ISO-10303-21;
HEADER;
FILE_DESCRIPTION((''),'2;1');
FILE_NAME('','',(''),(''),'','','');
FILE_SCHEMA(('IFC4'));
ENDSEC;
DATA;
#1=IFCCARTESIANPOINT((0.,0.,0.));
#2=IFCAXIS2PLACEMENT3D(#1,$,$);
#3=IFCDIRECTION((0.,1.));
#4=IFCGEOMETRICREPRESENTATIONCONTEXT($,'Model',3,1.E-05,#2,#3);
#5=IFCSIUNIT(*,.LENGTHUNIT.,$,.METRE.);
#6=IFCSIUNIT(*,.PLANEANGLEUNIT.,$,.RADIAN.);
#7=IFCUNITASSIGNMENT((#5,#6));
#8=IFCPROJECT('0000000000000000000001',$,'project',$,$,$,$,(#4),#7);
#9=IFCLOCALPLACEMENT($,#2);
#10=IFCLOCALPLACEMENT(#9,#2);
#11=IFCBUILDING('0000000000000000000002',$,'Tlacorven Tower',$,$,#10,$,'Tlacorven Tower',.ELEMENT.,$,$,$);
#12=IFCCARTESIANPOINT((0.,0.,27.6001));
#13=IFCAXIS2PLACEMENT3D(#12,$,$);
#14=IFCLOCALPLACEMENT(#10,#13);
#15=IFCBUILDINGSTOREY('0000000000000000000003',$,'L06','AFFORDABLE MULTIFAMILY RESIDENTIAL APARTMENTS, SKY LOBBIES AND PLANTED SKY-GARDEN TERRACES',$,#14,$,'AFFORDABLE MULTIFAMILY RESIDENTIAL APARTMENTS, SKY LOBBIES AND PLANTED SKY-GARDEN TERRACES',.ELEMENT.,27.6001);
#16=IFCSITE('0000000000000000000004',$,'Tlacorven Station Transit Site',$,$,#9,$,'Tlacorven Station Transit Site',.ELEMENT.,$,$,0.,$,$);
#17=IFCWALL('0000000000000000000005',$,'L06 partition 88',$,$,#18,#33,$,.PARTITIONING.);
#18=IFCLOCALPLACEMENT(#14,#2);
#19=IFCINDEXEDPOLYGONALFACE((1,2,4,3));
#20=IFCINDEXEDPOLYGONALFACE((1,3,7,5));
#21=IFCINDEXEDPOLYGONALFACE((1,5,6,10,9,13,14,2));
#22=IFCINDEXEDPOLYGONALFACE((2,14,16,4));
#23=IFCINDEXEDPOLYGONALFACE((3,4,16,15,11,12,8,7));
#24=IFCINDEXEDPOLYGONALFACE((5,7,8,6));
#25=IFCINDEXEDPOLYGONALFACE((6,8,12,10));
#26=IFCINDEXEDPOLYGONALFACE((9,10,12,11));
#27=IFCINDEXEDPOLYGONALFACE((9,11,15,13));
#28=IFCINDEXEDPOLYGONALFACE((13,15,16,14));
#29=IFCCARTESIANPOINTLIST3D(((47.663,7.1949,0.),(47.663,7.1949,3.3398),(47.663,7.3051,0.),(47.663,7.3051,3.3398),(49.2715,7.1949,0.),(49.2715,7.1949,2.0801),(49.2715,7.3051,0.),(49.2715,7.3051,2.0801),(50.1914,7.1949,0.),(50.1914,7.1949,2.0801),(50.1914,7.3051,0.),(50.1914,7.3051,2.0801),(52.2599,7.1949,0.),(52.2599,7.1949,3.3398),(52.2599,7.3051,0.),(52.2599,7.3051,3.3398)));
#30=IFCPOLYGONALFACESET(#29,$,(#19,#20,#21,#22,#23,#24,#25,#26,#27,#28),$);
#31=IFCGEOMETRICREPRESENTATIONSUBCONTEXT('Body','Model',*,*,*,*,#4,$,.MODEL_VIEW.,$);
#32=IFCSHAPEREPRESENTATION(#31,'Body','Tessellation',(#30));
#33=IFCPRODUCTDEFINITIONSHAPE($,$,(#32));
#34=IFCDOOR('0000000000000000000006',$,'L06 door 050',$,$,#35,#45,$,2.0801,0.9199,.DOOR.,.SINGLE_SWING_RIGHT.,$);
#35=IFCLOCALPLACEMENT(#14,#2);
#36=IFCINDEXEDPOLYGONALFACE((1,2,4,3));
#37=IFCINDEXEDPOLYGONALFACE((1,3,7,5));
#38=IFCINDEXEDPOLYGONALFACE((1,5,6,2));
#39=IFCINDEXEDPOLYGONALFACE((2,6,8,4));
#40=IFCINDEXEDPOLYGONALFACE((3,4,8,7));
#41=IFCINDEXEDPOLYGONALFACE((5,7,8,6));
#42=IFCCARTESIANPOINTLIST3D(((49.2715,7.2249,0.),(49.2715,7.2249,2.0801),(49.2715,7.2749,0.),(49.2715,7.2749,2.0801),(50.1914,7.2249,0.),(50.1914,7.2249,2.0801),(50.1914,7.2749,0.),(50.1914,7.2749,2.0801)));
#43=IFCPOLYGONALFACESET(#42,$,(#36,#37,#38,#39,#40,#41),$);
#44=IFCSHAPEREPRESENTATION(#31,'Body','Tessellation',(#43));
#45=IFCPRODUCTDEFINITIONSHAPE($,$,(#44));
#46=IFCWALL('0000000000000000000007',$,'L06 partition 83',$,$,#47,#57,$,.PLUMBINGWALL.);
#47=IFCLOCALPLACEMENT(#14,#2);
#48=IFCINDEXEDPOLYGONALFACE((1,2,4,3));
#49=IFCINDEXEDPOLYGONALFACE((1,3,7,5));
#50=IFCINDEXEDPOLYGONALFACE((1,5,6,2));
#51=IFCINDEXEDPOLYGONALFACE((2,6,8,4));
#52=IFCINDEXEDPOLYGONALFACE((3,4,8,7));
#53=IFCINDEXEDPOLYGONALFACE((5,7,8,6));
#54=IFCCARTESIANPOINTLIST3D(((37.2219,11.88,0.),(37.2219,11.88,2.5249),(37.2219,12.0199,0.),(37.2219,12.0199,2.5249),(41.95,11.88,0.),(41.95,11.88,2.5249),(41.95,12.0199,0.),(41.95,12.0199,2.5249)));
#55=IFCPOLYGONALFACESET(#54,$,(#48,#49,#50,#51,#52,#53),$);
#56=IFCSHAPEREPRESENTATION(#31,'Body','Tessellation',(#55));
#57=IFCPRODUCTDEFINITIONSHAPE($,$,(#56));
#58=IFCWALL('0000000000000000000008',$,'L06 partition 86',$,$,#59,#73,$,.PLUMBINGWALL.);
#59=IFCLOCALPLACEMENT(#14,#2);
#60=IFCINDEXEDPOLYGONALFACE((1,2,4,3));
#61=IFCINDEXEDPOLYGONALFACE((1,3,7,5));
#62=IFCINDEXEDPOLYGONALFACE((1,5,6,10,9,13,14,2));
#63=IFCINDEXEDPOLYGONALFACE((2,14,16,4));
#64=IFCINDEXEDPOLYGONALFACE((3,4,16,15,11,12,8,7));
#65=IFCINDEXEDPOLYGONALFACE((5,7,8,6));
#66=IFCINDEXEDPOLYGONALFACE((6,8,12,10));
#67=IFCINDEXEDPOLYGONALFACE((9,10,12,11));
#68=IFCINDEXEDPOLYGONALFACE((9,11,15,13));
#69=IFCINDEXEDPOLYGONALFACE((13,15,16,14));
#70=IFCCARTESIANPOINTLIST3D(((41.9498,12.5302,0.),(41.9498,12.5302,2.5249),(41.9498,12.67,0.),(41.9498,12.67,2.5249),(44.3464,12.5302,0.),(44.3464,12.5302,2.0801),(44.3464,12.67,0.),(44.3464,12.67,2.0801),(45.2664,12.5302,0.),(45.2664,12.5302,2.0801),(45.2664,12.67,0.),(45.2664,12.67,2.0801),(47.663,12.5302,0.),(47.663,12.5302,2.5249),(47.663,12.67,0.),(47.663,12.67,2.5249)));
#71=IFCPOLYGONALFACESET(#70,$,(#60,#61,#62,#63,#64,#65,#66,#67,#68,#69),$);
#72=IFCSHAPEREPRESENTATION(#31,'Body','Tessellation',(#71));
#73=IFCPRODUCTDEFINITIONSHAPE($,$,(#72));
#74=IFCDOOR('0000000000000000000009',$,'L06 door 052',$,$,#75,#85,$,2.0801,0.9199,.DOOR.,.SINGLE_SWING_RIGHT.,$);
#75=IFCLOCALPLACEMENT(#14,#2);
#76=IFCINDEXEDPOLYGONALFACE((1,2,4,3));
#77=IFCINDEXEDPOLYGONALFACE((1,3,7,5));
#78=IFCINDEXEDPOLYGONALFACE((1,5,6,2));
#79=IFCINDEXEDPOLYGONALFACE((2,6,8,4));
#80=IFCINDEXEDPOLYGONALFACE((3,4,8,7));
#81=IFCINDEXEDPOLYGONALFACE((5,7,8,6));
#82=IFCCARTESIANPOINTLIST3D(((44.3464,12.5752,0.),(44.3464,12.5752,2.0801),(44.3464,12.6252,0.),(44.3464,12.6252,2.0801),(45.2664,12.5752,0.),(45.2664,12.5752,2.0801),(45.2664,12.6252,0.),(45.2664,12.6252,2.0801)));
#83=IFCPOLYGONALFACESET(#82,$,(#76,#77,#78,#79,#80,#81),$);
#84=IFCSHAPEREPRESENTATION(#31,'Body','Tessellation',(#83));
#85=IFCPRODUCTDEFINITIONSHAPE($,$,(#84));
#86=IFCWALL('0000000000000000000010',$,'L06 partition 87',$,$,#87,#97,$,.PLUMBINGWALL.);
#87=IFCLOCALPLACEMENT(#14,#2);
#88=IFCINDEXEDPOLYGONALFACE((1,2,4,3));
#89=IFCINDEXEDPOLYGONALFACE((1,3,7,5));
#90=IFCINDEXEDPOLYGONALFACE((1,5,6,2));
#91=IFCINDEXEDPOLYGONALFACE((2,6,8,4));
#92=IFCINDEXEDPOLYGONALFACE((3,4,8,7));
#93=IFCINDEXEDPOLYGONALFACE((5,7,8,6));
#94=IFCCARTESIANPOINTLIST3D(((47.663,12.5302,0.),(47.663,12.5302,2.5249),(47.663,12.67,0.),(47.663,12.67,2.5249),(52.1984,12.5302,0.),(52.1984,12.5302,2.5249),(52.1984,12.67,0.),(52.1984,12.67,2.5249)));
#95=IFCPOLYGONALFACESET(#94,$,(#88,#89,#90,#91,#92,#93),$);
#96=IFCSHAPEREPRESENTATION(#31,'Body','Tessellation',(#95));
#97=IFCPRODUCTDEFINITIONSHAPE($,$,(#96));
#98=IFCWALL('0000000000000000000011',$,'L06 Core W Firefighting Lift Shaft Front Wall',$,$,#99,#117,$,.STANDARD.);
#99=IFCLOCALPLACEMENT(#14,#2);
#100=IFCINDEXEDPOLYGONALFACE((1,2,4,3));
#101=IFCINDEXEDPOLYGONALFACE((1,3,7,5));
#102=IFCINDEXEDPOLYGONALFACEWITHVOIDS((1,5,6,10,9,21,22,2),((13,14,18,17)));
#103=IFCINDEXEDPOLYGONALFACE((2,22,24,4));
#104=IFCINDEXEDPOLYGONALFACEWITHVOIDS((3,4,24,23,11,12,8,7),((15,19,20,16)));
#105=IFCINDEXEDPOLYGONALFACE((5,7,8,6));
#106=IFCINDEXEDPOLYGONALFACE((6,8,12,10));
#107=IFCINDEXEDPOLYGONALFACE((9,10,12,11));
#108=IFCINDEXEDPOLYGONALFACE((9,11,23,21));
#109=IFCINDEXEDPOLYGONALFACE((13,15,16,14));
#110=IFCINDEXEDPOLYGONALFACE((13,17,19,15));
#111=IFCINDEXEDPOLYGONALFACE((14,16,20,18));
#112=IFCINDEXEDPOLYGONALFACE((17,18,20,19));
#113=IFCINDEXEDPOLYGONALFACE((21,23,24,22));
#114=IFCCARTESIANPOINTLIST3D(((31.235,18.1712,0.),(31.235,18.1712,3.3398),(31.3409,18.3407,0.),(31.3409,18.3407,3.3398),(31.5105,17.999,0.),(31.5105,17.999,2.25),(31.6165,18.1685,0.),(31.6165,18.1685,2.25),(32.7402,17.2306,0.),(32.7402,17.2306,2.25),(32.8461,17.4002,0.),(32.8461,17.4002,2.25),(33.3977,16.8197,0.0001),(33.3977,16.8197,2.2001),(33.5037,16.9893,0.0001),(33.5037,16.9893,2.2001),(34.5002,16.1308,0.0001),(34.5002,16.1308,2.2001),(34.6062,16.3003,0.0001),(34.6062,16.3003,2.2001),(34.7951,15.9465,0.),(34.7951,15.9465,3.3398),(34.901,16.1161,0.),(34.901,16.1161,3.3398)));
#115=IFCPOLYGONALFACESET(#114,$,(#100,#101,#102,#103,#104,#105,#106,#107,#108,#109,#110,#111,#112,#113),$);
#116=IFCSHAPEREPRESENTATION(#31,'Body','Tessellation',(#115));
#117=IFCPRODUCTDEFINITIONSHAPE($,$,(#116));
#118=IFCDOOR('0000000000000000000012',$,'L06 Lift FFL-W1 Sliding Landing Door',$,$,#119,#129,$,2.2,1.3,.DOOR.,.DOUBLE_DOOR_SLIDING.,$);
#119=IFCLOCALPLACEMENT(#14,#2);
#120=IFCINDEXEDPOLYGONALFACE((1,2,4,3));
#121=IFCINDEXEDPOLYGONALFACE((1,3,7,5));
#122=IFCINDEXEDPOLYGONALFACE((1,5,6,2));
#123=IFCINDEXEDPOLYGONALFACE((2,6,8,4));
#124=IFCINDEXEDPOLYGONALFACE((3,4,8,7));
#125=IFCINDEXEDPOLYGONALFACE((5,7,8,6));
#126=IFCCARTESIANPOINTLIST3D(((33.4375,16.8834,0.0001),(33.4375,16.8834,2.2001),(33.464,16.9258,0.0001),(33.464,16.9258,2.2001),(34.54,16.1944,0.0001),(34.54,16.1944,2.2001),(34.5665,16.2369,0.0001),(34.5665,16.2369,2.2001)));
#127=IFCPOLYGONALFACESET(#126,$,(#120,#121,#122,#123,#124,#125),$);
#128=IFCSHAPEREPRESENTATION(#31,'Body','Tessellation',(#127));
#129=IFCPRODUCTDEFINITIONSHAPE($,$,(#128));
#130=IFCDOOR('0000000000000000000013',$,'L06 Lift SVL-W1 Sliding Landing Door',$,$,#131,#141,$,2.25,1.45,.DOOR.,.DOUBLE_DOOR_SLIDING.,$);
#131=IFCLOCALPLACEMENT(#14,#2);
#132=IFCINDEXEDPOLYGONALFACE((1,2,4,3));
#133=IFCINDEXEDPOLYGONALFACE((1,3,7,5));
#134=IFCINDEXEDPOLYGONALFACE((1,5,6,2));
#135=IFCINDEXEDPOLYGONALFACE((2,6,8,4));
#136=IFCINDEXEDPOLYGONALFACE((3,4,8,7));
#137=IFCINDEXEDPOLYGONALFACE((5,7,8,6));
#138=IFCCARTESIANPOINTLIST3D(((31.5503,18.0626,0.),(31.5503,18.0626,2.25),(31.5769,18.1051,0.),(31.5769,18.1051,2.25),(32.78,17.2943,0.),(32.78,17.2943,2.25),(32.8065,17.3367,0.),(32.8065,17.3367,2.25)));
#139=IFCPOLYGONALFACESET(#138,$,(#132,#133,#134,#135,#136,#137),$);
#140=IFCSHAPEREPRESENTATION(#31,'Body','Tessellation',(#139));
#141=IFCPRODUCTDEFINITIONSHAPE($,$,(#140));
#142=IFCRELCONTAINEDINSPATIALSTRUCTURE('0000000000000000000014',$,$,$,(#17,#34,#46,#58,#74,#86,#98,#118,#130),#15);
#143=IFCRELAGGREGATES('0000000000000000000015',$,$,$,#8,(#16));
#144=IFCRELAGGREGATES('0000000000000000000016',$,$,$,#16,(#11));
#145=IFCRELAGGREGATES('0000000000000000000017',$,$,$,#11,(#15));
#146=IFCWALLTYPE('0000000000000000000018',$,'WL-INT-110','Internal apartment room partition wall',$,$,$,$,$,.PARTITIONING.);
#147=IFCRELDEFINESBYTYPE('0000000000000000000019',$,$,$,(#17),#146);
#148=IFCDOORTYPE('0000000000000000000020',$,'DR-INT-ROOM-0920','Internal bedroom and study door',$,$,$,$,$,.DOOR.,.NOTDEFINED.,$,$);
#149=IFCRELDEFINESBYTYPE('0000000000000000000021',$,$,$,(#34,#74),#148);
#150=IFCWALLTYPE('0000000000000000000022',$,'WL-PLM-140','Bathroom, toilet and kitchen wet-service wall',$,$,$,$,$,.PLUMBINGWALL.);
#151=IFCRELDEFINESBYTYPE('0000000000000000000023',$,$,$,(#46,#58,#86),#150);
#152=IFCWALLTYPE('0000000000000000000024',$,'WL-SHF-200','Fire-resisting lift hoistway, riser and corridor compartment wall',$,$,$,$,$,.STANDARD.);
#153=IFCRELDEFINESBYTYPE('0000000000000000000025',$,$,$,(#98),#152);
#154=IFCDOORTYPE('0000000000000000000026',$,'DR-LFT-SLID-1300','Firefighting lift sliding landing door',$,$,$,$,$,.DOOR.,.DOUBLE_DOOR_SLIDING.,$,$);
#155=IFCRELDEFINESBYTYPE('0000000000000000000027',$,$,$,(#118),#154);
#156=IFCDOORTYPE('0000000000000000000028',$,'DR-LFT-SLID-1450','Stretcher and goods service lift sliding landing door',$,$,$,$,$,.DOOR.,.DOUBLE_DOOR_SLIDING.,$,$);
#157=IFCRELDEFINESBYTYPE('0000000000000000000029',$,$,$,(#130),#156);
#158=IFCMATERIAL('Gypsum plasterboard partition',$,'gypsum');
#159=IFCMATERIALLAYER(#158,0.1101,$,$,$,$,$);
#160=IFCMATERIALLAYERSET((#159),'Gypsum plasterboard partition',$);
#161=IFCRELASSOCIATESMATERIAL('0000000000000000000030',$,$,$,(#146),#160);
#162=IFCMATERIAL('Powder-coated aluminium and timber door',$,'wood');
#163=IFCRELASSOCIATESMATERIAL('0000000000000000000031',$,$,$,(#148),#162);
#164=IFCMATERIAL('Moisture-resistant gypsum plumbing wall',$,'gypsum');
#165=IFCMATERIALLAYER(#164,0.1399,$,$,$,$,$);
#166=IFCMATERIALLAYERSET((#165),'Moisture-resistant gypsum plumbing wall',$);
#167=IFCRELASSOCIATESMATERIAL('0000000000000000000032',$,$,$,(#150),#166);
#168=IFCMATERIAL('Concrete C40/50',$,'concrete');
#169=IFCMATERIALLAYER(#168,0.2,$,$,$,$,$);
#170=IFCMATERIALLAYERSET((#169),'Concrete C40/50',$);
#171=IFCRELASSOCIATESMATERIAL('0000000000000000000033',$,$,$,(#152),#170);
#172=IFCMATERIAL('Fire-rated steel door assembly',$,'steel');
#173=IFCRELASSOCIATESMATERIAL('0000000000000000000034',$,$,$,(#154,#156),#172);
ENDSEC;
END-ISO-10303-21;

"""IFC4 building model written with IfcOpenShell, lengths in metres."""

from ifc_helpers import new_model, si_unit, direction, frame, frame_2d, origin, place, context, subcontext, project, spatial, rectangle, extrude, source, transform, mapped, material, layer, layer_set, type_object, element, fill, save


model = new_model("IFC4")

# Units and contexts
model_context = context("Model", 3, precision=1e-05, world=origin(), true_north=direction((0.0, 1.0)))
body_context = subcontext(model_context, "Body", "Model", "MODEL_VIEW")
ifc_project = project(units=[si_unit("LENGTHUNIT", "METRE"), si_unit("PLANEANGLEUNIT", "RADIAN")], contexts=[model_context])

# Site, building, storey
site_placement = place(None, origin())
site = spatial("IfcSite", under=ifc_project, at=site_placement, Name="Tlacorven Station Transit Site", LongName="Tlacorven Station Transit Site", CompositionType="ELEMENT", RefElevation=0.0)
building_placement = place(site_placement, origin())
building = spatial("IfcBuilding", under=site, at=building_placement, Name="Tlacorven Tower", LongName="Tlacorven Tower", CompositionType="ELEMENT")
storey_placement = place(building_placement, frame((0.0, 0.0, 27.6001)))
storey = spatial("IfcBuildingStorey", under=building, at=storey_placement, Name="L06", Description="AFFORDABLE MULTIFAMILY RESIDENTIAL APARTMENTS, SKY LOBBIES AND PLANTED SKY-GARDEN TERRACES", LongName="AFFORDABLE MULTIFAMILY RESIDENTIAL APARTMENTS, SKY LOBBIES AND PLANTED SKY-GARDEN TERRACES", CompositionType="ELEMENT", Elevation=27.6001)

# Shared definitions
ifc_material_1 = material(Name="Fire-rated steel door assembly", Category="steel")

# Wall, opening, door
ifc_material_2 = material(Name="Gypsum plasterboard partition", Category="gypsum")
ifc_layer_1 = layer(ifc_material_2, 0.1101)
ifc_layer_set_1 = layer_set([ifc_layer_1], Name="Gypsum plasterboard partition")
wall_type_1 = type_object("IfcWallType", Name="WL-INT-110", Description="Internal apartment room partition wall", PredefinedType="PARTITIONING", material=ifc_layer_set_1)
ifc_material_3 = material(Name="Powder-coated aluminium and timber door", Category="wood")
door_type_1 = type_object("IfcDoorType", Name="DR-INT-ROOM-0920", Description="Internal bedroom and study door", OperationType="NOTDEFINED", PredefinedType="DOOR", material=ifc_material_3)
shared_shape_1 = source(origin(), body_context, "Body", "SweptSolid", [
    extrude(rectangle(XDim=0.9199, YDim=2.0801, at=frame_2d((0.46, 1.04))), frame((0.0, 0.0249, 0.0), z_axis=(0.0, -1.0, 0.0), x_axis=(1.0, 0.0, 0.0)), (0.0, 0.0, 1.0), 0.05),
])
wall_1_placement = place(storey_placement, frame((47.6631, 7.25, 0.0), z_axis=(0.0, 0.0, 1.0), x_axis=(1.0, 0.0, 0.0)))
wall_1 = element("IfcWall", 1, at=wall_1_placement, inside=storey, type_object=wall_type_1, Name="L06 partition 88", PredefinedType="PARTITIONING", context=body_context, shape_type="SweptSolid", body=[
    extrude(rectangle(XDim=4.5969, YDim=0.1101, at=frame_2d((2.2983, 0.0))), origin(), (0.0, 0.0, 1.0), 3.3398),
])
opening_1_placement = place(wall_1_placement, frame((1.6084, 0.0, 0.0)))
opening_1 = element("IfcOpeningElement", 2, at=opening_1_placement, cuts=wall_1, PredefinedType="OPENING", context=body_context, shape_type="SweptSolid", body=[
    extrude(rectangle(XDim=0.9199, YDim=2.0801, at=frame_2d((0.46, 1.04))), frame((0.0, 0.0649, 0.0), z_axis=(0.0, -1.0, 0.0), x_axis=(1.0, 0.0, 0.0)), (0.0, 0.0, 1.0), 0.1301),
])
door_1_placement = place(opening_1_placement, origin())
door_1 = element("IfcDoor", 3, at=door_1_placement, inside=storey, type_object=door_type_1, Name="L06 door 050", OperationType="SINGLE_SWING_RIGHT", OverallHeight=2.0801, OverallWidth=0.9199, PredefinedType="DOOR", context=body_context, shape_type="MappedRepresentation", body=[
    mapped(shared_shape_1, transform((0.0, 0.0, 0.0), scale=1.0)),
])
fill(opening_1, door_1)

# Wall
ifc_material_4 = material(Name="Moisture-resistant gypsum plumbing wall", Category="gypsum")
ifc_layer_2 = layer(ifc_material_4, 0.1399)
ifc_layer_set_2 = layer_set([ifc_layer_2], Name="Moisture-resistant gypsum plumbing wall")
wall_type_2 = type_object("IfcWallType", Name="WL-PLM-140", Description="Bathroom, toilet and kitchen wet-service wall", PredefinedType="PLUMBINGWALL", material=ifc_layer_set_2)
wall_2_placement = place(storey_placement, frame((37.2219, 11.95, 0.0), z_axis=(0.0, 0.0, 1.0), x_axis=(1.0, 0.0, 0.0)))
element("IfcWall", 4, at=wall_2_placement, inside=storey, type_object=wall_type_2, Name="L06 partition 83", PredefinedType="PLUMBINGWALL", context=body_context, shape_type="SweptSolid", body=[
    extrude(rectangle(XDim=4.728, YDim=0.1399, at=frame_2d((2.364, 0.0))), origin(), (0.0, 0.0, 1.0), 2.5249),
])

# Wall, opening, door
wall_3_placement = place(storey_placement, frame((41.95, 12.6001, 0.0), z_axis=(0.0, 0.0, 1.0), x_axis=(1.0, 0.0, 0.0)))
wall_3 = element("IfcWall", 5, at=wall_3_placement, inside=storey, type_object=wall_type_2, Name="L06 partition 86", PredefinedType="PLUMBINGWALL", context=body_context, shape_type="SweptSolid", body=[
    extrude(rectangle(XDim=5.7131, YDim=0.1399, at=frame_2d((2.8564, 0.0))), origin(), (0.0, 0.0, 1.0), 2.5249),
])
opening_2_placement = place(wall_3_placement, frame((2.3965, 0.0, 0.0)))
opening_2 = element("IfcOpeningElement", 6, at=opening_2_placement, cuts=wall_3, PredefinedType="OPENING", context=body_context, shape_type="SweptSolid", body=[
    extrude(rectangle(XDim=0.9199, YDim=2.0801, at=frame_2d((0.46, 1.04))), frame((0.0, 0.0801, 0.0), z_axis=(0.0, -1.0, 0.0), x_axis=(1.0, 0.0, 0.0)), (0.0, 0.0, 1.0), 0.1599),
])
door_2_placement = place(opening_2_placement, frame((0.9199, 0.0, 0.0), z_axis=(0.0, 0.0, 1.0), x_axis=(-1.0, 0.0, 0.0)))
door_2 = element("IfcDoor", 7, at=door_2_placement, inside=storey, type_object=door_type_1, Name="L06 door 052", OperationType="SINGLE_SWING_RIGHT", OverallHeight=2.0801, OverallWidth=0.9199, PredefinedType="DOOR", context=body_context, shape_type="MappedRepresentation", body=[
    mapped(shared_shape_1, transform((0.0, 0.0, 0.0), scale=1.0)),
])
fill(opening_2, door_2)

# Wall
wall_4_placement = place(storey_placement, frame((47.6631, 12.6001, 0.0), z_axis=(0.0, 0.0, 1.0), x_axis=(1.0, 0.0, 0.0)))
element("IfcWall", 8, at=wall_4_placement, inside=storey, type_object=wall_type_2, Name="L06 partition 87", PredefinedType="PLUMBINGWALL", context=body_context, shape_type="SweptSolid", body=[
    extrude(rectangle(XDim=4.5354, YDim=0.1399, at=frame_2d((2.2676, 0.0))), origin(), (0.0, 0.0, 1.0), 2.5249),
])

# Wall, openings, doors
ifc_material_5 = material(Name="Concrete C40/50", Category="concrete")
ifc_layer_3 = layer(ifc_material_5, 0.2)
ifc_layer_set_3 = layer_set([ifc_layer_3], Name="Concrete C40/50")
wall_type_3 = type_object("IfcWallType", Name="WL-SHF-200", Description="Fire-resisting lift hoistway, riser and corridor compartment wall", PredefinedType="STANDARD", material=ifc_layer_set_3)
wall_5_placement = place(storey_placement, frame((34.8481, 16.0312, 0.0), z_axis=(0.0, 0.0, 1.0), x_axis=(-0.848044, 0.529926, 0.0)))
wall_5 = element("IfcWall", 9, at=wall_5_placement, inside=storey, type_object=wall_type_3, Name="L06 Core W Firefighting Lift Shaft Front Wall", PredefinedType="STANDARD", context=body_context, shape_type="SweptSolid", body=[
    extrude(rectangle(XDim=4.198, YDim=0.2, at=frame_2d((2.0991, 0.0))), origin(), (0.0, 0.0, 1.0), 3.3398),
])
opening_3_placement = place(wall_5_placement, frame((0.3479, 0.0, 0.0)))
opening_3 = element("IfcOpeningElement", 10, at=opening_3_placement, cuts=wall_5, PredefinedType="OPENING", context=body_context, shape_type="SweptSolid", body=[
    extrude(rectangle(XDim=1.3, YDim=2.2, at=frame_2d((0.6499, 1.1001))), frame((0.0, 0.1099, 0.0), z_axis=(0.0, -1.0, 0.0), x_axis=(1.0, 0.0, 0.0)), (0.0, 0.0, 1.0), 0.22),
])
opening_4_placement = place(wall_5_placement, frame((2.4231, 0.0, 0.0)))
opening_4 = element("IfcOpeningElement", 11, at=opening_4_placement, cuts=wall_5, PredefinedType="OPENING", context=body_context, shape_type="SweptSolid", body=[
    extrude(rectangle(XDim=1.45, YDim=2.25, at=frame_2d((0.7251, 1.125))), frame((0.0, 0.1099, 0.0), z_axis=(0.0, -1.0, 0.0), x_axis=(1.0, 0.0, 0.0)), (0.0, 0.0, 1.0), 0.22),
])
door_type_2 = type_object("IfcDoorType", Name="DR-LFT-SLID-1300", Description="Firefighting lift sliding landing door", OperationType="DOUBLE_DOOR_SLIDING", PredefinedType="DOOR", material=ifc_material_1)
shared_shape_2 = source(origin(), body_context, "Body", "SweptSolid", [
    extrude(rectangle(XDim=1.3, YDim=2.2, at=frame_2d((0.6499, 1.1001))), frame((0.0, 0.0249, 0.0), z_axis=(0.0, -1.0, 0.0), x_axis=(1.0, 0.0, 0.0)), (0.0, 0.0, 1.0), 0.05),
])
door_3_placement = place(opening_3_placement, origin())
door_3 = element("IfcDoor", 12, at=door_3_placement, inside=storey, type_object=door_type_2, Name="L06 Lift FFL-W1 Sliding Landing Door", OperationType="DOUBLE_DOOR_SLIDING", OverallHeight=2.2, OverallWidth=1.3, PredefinedType="DOOR", context=body_context, shape_type="MappedRepresentation", body=[
    mapped(shared_shape_2, transform((0.0, 0.0, 0.0), scale=1.0)),
])
fill(opening_3, door_3)
door_type_3 = type_object("IfcDoorType", Name="DR-LFT-SLID-1450", Description="Stretcher and goods service lift sliding landing door", OperationType="DOUBLE_DOOR_SLIDING", PredefinedType="DOOR", material=ifc_material_1)
shared_shape_3 = source(origin(), body_context, "Body", "SweptSolid", [
    extrude(rectangle(XDim=1.45, YDim=2.25, at=frame_2d((0.7251, 1.125))), frame((0.0, 0.0249, 0.0), z_axis=(0.0, -1.0, 0.0), x_axis=(1.0, 0.0, 0.0)), (0.0, 0.0, 1.0), 0.05),
])
door_4_placement = place(opening_4_placement, origin())
door_4 = element("IfcDoor", 13, at=door_4_placement, inside=storey, type_object=door_type_3, Name="L06 Lift SVL-W1 Sliding Landing Door", OperationType="DOUBLE_DOOR_SLIDING", OverallHeight=2.25, OverallWidth=1.45, PredefinedType="DOOR", context=body_context, shape_type="MappedRepresentation", body=[
    mapped(shared_shape_3, transform((0.0, 0.0, 0.0), scale=1.0)),
])
fill(opening_4, door_4)

save(model, "model.ifc")
